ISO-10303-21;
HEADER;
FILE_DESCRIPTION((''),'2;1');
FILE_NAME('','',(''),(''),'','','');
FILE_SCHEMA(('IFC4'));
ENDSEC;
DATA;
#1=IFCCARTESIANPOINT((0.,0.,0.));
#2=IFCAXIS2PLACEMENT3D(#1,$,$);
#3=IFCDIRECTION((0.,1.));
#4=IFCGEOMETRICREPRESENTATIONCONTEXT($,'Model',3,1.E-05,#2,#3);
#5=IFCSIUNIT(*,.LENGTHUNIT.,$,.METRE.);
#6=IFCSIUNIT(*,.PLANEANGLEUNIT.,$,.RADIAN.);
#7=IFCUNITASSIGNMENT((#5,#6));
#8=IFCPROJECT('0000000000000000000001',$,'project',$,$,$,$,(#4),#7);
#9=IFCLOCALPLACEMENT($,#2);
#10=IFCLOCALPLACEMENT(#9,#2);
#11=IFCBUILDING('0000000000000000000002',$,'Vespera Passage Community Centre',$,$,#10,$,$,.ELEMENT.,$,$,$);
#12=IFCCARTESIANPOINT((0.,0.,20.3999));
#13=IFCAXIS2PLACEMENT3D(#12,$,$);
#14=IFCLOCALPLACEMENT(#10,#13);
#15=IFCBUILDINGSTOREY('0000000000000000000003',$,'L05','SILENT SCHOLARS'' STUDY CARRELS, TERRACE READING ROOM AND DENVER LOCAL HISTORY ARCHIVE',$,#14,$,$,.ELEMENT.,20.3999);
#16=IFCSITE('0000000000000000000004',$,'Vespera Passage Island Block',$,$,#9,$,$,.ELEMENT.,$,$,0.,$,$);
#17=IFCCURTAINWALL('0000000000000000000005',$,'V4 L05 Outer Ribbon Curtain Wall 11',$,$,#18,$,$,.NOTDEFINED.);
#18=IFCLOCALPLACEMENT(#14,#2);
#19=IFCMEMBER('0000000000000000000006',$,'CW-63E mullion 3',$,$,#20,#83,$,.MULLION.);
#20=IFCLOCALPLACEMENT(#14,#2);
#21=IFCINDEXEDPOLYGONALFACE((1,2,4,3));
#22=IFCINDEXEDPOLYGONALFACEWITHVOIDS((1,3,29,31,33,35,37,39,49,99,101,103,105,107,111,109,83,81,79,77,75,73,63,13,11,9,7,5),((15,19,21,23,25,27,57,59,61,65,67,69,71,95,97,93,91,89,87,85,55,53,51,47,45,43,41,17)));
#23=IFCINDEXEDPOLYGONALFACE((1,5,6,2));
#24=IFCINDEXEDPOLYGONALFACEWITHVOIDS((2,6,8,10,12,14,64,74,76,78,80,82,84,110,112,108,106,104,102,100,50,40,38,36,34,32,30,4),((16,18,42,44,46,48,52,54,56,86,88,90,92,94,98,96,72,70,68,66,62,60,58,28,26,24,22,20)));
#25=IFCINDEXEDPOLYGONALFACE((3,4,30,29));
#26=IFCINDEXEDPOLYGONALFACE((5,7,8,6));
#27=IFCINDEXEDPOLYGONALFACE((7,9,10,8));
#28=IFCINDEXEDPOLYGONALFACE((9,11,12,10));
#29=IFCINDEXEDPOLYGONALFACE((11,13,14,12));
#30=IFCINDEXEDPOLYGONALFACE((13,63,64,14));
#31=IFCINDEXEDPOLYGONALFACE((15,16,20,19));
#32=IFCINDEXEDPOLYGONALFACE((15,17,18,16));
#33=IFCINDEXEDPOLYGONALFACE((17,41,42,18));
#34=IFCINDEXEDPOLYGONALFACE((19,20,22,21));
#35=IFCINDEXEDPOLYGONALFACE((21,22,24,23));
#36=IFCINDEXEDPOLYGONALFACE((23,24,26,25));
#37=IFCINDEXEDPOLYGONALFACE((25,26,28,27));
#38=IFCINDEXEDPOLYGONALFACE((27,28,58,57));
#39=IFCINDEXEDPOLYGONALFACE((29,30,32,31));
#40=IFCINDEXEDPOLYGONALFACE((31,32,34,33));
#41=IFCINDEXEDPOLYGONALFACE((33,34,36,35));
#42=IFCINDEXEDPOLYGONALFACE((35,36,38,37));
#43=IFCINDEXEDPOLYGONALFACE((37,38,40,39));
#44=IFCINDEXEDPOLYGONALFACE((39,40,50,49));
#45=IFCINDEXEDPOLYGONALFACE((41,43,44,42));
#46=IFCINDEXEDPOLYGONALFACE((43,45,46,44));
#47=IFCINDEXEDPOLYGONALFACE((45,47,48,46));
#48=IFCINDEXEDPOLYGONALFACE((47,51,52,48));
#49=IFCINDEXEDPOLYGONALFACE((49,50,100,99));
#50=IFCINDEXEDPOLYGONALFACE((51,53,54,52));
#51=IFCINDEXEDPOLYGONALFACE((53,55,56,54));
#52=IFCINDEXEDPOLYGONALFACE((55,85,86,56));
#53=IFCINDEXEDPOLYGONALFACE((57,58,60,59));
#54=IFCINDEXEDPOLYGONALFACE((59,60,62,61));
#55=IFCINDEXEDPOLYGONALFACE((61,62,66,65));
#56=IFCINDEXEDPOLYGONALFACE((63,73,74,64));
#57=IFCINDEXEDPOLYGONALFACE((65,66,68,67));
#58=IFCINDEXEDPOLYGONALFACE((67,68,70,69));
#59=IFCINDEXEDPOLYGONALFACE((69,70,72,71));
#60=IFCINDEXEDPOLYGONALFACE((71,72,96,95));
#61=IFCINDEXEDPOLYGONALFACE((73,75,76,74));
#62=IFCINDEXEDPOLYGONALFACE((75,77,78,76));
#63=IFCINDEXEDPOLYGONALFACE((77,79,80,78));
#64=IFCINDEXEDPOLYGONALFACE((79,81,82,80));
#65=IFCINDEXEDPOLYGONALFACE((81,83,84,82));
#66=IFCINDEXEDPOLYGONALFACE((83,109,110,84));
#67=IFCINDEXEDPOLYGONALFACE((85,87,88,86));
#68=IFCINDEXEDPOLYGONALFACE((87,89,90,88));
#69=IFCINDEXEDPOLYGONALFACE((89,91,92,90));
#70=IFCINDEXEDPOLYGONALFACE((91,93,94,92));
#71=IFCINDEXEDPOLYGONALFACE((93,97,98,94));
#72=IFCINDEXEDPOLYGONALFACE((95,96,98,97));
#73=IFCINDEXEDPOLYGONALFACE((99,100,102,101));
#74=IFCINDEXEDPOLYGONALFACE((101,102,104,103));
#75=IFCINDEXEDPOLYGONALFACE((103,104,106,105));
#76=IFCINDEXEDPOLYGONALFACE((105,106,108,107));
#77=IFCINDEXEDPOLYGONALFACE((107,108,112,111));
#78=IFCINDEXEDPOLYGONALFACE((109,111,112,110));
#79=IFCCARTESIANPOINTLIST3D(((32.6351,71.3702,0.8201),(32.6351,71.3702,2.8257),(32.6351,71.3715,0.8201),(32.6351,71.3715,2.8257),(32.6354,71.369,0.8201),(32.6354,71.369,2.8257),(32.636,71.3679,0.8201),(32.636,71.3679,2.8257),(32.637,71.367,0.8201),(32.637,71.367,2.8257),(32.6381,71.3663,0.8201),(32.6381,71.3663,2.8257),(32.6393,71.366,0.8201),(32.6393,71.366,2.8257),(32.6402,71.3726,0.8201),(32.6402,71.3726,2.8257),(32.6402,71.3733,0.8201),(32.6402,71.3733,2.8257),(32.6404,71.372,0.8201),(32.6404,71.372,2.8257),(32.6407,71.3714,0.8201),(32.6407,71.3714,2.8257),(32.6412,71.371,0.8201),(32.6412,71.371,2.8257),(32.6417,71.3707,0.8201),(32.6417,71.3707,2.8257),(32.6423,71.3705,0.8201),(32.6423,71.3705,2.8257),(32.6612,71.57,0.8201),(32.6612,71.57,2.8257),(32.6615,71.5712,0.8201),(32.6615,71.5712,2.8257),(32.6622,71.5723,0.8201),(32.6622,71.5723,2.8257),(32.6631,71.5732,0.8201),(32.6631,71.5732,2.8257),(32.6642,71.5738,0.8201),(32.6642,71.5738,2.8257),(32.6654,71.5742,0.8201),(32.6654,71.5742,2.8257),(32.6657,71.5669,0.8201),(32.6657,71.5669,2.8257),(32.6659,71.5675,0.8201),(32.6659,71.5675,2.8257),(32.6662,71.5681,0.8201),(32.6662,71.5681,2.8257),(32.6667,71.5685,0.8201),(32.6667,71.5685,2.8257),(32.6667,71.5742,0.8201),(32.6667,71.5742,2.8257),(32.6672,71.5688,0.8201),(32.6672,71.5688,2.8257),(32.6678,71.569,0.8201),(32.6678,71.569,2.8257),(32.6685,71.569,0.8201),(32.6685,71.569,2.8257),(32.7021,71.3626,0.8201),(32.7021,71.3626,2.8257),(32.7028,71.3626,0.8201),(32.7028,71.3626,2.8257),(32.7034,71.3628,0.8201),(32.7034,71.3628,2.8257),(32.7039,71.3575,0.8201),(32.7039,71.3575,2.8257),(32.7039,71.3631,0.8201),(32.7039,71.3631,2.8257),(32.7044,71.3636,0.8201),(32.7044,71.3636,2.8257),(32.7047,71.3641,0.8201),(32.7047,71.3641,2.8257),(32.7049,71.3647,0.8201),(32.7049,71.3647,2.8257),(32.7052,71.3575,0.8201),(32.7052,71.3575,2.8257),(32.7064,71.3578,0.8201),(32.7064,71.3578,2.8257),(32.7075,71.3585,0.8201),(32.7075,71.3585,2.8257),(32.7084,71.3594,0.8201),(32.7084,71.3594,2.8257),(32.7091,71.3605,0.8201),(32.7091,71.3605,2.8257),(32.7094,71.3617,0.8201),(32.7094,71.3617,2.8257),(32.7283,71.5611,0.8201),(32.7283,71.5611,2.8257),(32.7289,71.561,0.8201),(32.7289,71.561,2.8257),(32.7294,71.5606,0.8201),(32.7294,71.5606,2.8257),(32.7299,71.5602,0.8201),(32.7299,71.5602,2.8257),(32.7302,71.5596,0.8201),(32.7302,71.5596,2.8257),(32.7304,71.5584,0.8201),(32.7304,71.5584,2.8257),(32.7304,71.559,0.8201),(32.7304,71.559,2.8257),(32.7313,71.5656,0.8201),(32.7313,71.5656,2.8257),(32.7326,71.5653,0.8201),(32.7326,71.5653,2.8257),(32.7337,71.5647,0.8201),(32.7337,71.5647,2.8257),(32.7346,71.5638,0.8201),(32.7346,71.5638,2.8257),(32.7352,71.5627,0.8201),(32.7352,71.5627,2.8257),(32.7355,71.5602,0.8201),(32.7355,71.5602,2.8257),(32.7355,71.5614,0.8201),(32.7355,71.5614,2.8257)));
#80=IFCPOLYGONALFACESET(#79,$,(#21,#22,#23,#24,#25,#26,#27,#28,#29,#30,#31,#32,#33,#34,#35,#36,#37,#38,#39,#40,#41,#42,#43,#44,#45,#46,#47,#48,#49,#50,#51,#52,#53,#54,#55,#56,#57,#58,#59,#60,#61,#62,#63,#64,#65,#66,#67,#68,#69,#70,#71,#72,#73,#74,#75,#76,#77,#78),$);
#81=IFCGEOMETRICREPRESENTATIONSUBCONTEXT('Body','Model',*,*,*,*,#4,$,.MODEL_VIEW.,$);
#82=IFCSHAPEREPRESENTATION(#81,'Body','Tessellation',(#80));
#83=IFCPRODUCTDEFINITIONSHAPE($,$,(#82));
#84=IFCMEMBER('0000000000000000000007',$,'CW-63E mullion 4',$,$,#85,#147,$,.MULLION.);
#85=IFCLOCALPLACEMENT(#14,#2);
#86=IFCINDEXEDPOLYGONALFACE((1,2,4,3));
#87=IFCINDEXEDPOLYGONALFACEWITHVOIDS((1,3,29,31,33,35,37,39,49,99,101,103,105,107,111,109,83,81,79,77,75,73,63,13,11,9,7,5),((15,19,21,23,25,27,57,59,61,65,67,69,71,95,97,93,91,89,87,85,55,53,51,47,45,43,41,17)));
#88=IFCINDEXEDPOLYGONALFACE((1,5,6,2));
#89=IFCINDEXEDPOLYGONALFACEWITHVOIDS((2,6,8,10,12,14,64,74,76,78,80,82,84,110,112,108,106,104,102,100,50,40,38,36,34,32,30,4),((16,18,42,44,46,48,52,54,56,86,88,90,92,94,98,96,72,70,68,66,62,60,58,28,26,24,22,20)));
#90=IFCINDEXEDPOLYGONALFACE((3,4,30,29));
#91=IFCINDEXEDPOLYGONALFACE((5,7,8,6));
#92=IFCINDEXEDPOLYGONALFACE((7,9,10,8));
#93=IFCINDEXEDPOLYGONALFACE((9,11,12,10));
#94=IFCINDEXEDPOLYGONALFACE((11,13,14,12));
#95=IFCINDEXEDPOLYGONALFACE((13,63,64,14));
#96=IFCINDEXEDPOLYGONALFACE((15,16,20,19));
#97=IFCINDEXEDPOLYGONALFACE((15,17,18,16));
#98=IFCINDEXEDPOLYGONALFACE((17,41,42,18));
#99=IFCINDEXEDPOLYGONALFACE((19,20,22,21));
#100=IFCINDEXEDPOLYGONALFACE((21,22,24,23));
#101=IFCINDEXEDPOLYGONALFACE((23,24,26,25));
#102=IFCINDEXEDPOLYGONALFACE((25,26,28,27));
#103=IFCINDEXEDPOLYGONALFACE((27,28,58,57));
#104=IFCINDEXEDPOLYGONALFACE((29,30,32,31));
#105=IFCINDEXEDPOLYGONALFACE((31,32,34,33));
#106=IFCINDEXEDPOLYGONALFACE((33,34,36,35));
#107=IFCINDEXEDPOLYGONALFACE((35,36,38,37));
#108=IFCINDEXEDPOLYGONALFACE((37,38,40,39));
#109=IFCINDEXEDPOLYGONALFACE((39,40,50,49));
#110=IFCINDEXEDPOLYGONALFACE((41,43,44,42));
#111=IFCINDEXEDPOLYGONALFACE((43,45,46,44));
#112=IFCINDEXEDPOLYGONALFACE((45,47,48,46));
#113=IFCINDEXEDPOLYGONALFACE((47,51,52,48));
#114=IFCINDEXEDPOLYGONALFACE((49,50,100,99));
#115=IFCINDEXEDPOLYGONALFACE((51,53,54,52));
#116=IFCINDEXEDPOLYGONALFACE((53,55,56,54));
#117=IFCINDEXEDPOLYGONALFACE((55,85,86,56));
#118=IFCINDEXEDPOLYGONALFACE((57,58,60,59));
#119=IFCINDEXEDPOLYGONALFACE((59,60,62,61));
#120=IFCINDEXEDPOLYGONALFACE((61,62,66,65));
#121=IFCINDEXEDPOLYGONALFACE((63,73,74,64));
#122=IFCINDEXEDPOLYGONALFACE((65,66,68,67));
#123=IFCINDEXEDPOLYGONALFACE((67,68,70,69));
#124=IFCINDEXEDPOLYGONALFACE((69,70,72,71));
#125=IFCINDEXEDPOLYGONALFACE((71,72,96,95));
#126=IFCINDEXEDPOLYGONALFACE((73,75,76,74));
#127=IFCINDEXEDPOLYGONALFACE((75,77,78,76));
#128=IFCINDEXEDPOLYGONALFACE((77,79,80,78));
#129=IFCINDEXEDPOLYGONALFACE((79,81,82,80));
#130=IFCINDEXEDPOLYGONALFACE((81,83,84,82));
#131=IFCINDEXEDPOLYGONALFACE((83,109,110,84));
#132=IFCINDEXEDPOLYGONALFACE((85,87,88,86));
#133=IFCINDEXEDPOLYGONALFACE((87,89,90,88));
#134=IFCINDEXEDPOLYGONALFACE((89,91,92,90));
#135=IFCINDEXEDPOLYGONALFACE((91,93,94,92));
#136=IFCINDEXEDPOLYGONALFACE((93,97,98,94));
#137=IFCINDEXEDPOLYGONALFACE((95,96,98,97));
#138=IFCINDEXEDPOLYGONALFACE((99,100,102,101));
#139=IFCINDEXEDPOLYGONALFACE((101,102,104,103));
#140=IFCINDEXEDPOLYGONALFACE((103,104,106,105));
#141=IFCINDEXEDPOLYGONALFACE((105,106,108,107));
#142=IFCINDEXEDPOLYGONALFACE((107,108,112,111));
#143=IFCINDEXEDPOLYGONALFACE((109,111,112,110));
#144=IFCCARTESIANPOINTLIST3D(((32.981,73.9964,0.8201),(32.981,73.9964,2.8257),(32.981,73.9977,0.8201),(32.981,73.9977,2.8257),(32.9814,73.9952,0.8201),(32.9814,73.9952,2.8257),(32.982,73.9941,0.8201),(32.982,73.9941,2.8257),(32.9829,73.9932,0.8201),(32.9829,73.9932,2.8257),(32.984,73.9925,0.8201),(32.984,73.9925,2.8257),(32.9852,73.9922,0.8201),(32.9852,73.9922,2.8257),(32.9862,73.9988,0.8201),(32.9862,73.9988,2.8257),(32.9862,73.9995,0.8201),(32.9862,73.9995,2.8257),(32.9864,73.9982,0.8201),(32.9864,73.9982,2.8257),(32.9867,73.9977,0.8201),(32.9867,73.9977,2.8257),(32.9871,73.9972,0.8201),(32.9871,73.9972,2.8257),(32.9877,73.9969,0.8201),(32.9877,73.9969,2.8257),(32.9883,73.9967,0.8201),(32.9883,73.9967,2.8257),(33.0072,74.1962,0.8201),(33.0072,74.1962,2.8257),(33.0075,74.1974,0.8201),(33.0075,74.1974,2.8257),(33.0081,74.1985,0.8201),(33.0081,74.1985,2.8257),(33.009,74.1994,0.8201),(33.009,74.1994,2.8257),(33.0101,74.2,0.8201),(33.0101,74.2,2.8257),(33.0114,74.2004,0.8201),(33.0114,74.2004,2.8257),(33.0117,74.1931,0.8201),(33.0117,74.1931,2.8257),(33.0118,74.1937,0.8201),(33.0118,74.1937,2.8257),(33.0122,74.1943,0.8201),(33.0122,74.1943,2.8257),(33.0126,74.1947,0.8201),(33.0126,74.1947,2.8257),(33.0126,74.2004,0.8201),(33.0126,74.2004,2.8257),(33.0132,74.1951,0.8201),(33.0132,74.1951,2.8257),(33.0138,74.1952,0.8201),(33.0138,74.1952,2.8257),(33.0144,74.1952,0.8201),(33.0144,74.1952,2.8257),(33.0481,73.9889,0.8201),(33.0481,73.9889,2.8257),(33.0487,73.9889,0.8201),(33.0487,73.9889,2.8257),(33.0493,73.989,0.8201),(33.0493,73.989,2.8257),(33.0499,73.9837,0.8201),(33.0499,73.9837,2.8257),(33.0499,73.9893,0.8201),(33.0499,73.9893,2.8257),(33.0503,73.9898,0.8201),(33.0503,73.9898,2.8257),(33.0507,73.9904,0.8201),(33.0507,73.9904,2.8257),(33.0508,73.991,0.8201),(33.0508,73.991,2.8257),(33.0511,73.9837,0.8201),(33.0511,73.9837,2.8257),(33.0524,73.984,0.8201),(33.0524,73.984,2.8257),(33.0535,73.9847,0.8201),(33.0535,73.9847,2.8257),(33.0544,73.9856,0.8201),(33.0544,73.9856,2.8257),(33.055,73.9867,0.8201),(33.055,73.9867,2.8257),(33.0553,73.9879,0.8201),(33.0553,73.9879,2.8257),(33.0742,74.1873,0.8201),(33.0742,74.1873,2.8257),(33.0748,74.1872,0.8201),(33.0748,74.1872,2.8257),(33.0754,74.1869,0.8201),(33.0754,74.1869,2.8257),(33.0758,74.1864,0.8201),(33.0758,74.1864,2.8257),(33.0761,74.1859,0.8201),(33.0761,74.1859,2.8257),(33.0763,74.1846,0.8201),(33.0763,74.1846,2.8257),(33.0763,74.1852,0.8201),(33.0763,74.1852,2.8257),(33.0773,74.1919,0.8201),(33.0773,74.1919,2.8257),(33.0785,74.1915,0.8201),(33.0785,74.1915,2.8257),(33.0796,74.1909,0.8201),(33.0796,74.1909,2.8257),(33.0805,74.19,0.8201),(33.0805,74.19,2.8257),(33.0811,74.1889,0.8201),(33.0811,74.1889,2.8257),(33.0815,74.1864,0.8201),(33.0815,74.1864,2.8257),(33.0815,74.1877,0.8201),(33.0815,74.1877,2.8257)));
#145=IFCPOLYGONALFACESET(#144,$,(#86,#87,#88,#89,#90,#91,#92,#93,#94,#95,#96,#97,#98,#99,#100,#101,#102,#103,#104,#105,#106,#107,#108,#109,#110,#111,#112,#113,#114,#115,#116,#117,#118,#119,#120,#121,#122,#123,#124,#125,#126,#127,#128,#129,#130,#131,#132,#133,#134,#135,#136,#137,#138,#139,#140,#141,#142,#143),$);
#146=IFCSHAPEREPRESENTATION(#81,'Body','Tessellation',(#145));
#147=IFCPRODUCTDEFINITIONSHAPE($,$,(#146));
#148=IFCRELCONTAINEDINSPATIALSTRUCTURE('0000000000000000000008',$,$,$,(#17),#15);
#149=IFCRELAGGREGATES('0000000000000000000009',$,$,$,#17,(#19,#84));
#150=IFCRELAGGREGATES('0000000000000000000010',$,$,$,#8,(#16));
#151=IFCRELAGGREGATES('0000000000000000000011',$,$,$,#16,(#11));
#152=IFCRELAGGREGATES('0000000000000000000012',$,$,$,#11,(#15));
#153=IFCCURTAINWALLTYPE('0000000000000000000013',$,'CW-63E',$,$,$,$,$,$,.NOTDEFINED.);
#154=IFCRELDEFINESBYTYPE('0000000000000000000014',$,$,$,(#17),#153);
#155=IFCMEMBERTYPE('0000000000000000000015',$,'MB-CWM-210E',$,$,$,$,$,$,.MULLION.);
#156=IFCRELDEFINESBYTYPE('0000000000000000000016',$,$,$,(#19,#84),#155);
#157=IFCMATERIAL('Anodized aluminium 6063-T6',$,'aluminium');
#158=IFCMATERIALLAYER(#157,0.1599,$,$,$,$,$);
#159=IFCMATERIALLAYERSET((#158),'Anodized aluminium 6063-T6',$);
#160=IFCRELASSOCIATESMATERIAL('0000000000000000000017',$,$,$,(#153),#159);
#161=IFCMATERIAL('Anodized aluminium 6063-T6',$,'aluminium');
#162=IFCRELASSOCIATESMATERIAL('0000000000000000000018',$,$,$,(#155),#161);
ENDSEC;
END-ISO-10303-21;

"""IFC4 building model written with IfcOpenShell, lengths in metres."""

from ifc_helpers import new_model, si_unit, direction, frame, origin, origin_2d, place, context, subcontext, project, spatial, hollow_rectangle, extrude, material, layer, layer_set, material_profile, profile_set, type_object, element, aggregate, save


model = new_model("IFC4")

# Units and contexts
model_context = context("Model", 3, precision=1e-05, world=origin(), true_north=direction((0.0, 1.0)))
body_context = subcontext(model_context, "Body", "Model", "MODEL_VIEW")
ifc_project = project(units=[si_unit("LENGTHUNIT", "METRE"), si_unit("PLANEANGLEUNIT", "RADIAN")], contexts=[model_context])

# Site, building, storey
site_placement = place(None, origin())
site = spatial("IfcSite", under=ifc_project, at=site_placement, Name="Vespera Passage Island Block", CompositionType="ELEMENT", RefElevation=0.0)
building_placement = place(site_placement, origin())
building = spatial("IfcBuilding", under=site, at=building_placement, Name="Vespera Passage Community Centre", CompositionType="ELEMENT")
storey_placement = place(building_placement, frame((0.0, 0.0, 20.3999)))
storey = spatial("IfcBuildingStorey", under=building, at=storey_placement, Name="L05", Description="SILENT SCHOLARS' STUDY CARRELS, TERRACE READING ROOM AND DENVER LOCAL HISTORY ARCHIVE", CompositionType="ELEMENT", Elevation=20.3999)

# Curtain wall, members
ifc_material_1 = material(Name="Anodized aluminium 6063-T6", Category="aluminium")
ifc_layer_1 = layer(ifc_material_1, 0.1599)
ifc_layer_set_1 = layer_set([ifc_layer_1], Name="Anodized aluminium 6063-T6")
curtain_wall_type_1 = type_object("IfcCurtainWallType", Name="CW-63E", PredefinedType="NOTDEFINED", material=ifc_layer_set_1)
curtain_wall_1_placement = place(storey_placement, origin())
curtain_wall_1 = element("IfcCurtainWall", 1, at=curtain_wall_1_placement, inside=storey, type_object=curtain_wall_type_1, Name="V4 L05 Outer Ribbon Curtain Wall 11", PredefinedType="NOTDEFINED")
ifc_material_2 = material(Name="Anodized aluminium 6063-T6", Category="aluminium")
ifc_material_profile_1 = material_profile(ifc_material_2, hollow_rectangle(XDim=0.075, YDim=0.21, WallThickness=0.0049, InnerFilletRadius=0.0024, OuterFilletRadius=0.0049, at=origin_2d()), Name="ALU210X75X5")
ifc_profile_set_1 = profile_set([ifc_material_profile_1], Name="Anodized aluminium 6063-T6")
member_type_1 = type_object("IfcMemberType", Name="MB-CWM-210E", PredefinedType="MULLION", material=ifc_profile_set_1)
member_1_placement = place(storey_placement, frame((32.6853, 71.4658, 0.8201), z_axis=(0.0, 0.0, 1.0), x_axis=(-0.991445, 0.130523, 0.0)))
member_1 = element("IfcMember", 2, at=member_1_placement, type_object=member_type_1, Name="CW-63E mullion 3", PredefinedType="MULLION", context=body_context, shape_type="SweptSolid", body=[
    extrude(hollow_rectangle(XDim=0.075, YDim=0.21, WallThickness=0.0049, InnerFilletRadius=0.0024, OuterFilletRadius=0.0049, at=origin_2d()), origin(), (0.0, 0.0, 1.0), 2.0056),
])
member_2_placement = place(storey_placement, frame((33.0312, 74.092, 0.8201), z_axis=(0.0, 0.0, 1.0), x_axis=(-0.991445, 0.130523, 0.0)))
member_2 = element("IfcMember", 3, at=member_2_placement, type_object=member_type_1, Name="CW-63E mullion 4", PredefinedType="MULLION", context=body_context, shape_type="SweptSolid", body=[
    extrude(hollow_rectangle(XDim=0.075, YDim=0.21, WallThickness=0.0049, InnerFilletRadius=0.0024, OuterFilletRadius=0.0049, at=origin_2d()), origin(), (0.0, 0.0, 1.0), 2.0056),
])

aggregate(curtain_wall_1, [member_1, member_2])

save(model, "model.ifc")
